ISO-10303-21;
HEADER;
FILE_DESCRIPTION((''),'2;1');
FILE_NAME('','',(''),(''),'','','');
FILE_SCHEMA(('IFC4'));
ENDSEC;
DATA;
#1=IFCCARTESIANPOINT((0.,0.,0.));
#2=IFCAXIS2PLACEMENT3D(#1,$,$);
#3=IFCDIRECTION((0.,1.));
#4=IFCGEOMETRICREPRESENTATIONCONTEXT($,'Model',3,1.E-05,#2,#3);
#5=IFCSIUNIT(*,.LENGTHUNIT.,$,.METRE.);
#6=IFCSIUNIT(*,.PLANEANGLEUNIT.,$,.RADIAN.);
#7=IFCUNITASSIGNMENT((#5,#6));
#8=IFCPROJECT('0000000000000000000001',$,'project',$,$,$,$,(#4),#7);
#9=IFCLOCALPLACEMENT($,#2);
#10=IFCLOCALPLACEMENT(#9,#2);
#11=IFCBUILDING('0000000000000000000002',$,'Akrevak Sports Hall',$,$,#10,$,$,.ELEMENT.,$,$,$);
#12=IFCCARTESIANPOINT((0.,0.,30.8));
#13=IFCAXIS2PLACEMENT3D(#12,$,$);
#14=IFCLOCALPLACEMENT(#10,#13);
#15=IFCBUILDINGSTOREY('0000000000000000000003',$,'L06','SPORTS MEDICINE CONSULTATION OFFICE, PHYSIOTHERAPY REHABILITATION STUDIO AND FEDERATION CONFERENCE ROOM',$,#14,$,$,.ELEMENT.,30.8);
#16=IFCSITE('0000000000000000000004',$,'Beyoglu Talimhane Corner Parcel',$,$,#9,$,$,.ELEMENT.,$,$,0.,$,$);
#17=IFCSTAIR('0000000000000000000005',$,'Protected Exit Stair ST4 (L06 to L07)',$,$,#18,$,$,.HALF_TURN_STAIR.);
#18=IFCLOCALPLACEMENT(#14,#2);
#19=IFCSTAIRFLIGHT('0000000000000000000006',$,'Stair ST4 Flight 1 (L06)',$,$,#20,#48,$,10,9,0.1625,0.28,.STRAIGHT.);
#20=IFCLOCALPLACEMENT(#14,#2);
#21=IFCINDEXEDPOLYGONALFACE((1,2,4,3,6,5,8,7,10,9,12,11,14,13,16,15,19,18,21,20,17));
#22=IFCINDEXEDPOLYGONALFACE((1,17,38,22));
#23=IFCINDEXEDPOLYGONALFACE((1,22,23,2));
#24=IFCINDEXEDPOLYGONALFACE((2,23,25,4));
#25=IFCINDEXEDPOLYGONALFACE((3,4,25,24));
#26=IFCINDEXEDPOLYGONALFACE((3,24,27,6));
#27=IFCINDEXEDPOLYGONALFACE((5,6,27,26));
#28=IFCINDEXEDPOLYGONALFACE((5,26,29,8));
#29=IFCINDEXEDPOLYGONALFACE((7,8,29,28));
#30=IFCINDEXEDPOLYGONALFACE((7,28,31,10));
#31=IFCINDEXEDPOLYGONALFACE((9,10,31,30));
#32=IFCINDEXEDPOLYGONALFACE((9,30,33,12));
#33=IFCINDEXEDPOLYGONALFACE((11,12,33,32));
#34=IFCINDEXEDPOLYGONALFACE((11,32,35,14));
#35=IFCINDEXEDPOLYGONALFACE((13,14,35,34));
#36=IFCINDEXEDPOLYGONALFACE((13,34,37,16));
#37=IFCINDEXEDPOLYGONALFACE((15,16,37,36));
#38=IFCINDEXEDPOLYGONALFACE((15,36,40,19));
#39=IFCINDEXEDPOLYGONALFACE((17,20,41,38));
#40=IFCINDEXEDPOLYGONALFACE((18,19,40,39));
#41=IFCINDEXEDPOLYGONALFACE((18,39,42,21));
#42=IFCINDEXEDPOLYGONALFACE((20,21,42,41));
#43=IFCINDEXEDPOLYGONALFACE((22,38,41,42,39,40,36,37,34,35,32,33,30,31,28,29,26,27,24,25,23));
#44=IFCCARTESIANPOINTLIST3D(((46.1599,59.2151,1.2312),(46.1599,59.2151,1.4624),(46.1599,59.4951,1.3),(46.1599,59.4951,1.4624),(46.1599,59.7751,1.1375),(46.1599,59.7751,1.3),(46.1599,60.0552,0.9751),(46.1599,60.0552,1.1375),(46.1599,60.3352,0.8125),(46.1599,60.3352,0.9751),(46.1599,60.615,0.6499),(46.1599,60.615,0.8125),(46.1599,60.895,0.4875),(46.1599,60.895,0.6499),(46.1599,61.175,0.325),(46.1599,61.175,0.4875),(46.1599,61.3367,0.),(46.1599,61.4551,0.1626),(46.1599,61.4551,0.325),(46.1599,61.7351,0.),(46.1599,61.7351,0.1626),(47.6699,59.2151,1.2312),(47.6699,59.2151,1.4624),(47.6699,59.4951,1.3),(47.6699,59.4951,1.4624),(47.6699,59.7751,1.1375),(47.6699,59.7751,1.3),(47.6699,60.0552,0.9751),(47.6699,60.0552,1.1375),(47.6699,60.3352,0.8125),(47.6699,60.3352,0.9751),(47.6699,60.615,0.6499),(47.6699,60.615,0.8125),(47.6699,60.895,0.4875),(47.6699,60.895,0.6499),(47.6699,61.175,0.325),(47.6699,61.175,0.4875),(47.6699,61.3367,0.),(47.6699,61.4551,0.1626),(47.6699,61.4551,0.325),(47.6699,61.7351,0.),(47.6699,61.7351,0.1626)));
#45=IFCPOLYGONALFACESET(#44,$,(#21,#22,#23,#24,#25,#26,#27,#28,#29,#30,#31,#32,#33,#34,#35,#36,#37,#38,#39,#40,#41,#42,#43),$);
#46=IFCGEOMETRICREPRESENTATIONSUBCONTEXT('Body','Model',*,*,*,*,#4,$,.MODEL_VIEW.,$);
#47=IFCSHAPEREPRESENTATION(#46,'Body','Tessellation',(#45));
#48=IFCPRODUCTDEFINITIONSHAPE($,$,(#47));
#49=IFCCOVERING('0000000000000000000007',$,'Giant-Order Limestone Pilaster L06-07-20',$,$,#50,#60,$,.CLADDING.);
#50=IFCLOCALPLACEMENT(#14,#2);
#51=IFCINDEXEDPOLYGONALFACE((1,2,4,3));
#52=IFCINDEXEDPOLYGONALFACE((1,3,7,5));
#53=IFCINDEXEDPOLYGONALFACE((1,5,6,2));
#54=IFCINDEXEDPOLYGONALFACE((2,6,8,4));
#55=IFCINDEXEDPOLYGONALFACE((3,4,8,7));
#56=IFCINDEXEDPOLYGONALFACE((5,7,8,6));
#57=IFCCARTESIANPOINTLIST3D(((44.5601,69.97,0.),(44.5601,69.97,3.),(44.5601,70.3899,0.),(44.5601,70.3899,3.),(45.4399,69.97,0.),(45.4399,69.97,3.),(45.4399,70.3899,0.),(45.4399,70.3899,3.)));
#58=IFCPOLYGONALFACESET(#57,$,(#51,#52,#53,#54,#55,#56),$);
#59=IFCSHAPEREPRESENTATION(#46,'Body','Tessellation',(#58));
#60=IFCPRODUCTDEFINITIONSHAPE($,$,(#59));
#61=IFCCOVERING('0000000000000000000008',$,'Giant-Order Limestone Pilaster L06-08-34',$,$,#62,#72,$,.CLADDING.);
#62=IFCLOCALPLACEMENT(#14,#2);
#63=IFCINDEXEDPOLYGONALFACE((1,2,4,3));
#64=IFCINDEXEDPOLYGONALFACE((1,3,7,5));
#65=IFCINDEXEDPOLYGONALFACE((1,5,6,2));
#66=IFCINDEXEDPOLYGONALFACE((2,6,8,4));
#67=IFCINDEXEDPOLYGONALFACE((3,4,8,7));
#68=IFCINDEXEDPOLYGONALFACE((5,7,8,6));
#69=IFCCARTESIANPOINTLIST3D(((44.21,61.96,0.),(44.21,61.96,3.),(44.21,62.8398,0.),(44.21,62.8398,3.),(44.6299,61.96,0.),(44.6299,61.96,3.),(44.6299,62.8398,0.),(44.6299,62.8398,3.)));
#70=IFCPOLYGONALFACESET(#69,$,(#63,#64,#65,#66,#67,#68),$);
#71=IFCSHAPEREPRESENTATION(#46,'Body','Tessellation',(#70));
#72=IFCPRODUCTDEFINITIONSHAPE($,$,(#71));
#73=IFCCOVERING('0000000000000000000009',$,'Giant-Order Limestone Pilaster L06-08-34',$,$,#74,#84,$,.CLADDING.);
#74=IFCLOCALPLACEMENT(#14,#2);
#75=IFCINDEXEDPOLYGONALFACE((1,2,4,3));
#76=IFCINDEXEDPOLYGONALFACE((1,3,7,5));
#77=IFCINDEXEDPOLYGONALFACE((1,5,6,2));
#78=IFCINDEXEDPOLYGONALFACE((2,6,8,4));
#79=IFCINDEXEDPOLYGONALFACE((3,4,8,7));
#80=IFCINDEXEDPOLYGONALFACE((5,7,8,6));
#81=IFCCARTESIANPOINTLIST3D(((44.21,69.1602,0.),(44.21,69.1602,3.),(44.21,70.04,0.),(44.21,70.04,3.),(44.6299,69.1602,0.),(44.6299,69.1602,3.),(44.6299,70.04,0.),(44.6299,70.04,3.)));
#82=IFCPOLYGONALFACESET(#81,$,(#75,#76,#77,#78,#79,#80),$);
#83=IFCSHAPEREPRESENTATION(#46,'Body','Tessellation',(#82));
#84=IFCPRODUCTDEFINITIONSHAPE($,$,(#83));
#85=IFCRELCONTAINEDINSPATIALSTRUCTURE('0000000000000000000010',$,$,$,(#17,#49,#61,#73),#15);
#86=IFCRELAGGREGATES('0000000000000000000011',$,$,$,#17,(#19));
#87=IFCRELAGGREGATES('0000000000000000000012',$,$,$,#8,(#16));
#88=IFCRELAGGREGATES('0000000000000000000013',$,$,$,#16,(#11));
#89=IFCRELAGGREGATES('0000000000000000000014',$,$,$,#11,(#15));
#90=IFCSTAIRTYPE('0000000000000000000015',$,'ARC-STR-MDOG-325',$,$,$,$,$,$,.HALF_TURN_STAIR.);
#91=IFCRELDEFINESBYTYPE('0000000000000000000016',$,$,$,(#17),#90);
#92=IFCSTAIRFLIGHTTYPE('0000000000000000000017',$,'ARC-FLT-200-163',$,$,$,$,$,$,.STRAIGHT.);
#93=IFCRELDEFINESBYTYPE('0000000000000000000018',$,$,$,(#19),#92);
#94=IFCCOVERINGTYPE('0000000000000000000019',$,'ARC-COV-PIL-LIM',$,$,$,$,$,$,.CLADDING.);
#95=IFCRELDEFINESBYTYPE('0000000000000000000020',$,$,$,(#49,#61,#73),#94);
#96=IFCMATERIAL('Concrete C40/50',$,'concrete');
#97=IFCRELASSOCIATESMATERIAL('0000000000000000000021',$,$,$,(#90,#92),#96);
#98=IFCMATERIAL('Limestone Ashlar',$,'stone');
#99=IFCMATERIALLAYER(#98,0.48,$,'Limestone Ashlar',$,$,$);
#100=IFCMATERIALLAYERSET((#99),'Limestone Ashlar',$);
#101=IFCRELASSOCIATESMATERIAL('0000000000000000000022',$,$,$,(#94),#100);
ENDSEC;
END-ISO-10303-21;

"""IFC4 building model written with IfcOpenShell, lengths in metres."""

from ifc_helpers import new_model, si_unit, direction, frame, origin, origin_2d, place, context, subcontext, project, spatial, polyline, rectangle, outline, extrude, material, layer, layer_set, type_object, element, aggregate, save


model = new_model("IFC4")

# Units and contexts
model_context = context("Model", 3, precision=1e-05, world=origin(), true_north=direction((0.0, 1.0)))
body_context = subcontext(model_context, "Body", "Model", "MODEL_VIEW")
ifc_project = project(units=[si_unit("LENGTHUNIT", "METRE"), si_unit("PLANEANGLEUNIT", "RADIAN")], contexts=[model_context])

# Site, building, storey
site_placement = place(None, origin())
site = spatial("IfcSite", under=ifc_project, at=site_placement, Name="Beyoglu Talimhane Corner Parcel", CompositionType="ELEMENT", RefElevation=0.0)
building_placement = place(site_placement, origin())
building = spatial("IfcBuilding", under=site, at=building_placement, Name="Akrevak Sports Hall", CompositionType="ELEMENT")
storey_placement = place(building_placement, frame((0.0, 0.0, 30.8)))
storey = spatial("IfcBuildingStorey", under=building, at=storey_placement, Name="L06", Description="SPORTS MEDICINE CONSULTATION OFFICE, PHYSIOTHERAPY REHABILITATION STUDIO AND FEDERATION CONFERENCE ROOM", CompositionType="ELEMENT", Elevation=30.8)

# Shared definitions
ifc_material_1 = material(Name="Concrete C40/50", Category="concrete")

# Shared definitions
ifc_material_2 = material(Name="Limestone Ashlar", Category="stone")

# Stair, stair flight
stair_type = type_object("IfcStairType", Name="ARC-STR-MDOG-325", PredefinedType="HALF_TURN_STAIR", material=ifc_material_1)
stair_placement = place(storey_placement, origin())
stair = element("IfcStair", 1, at=stair_placement, inside=storey, type_object=stair_type, Name="Protected Exit Stair ST4 (L06 to L07)", PredefinedType="HALF_TURN_STAIR")
stair_flight_type = type_object("IfcStairFlightType", Name="ARC-FLT-200-163", PredefinedType="STRAIGHT", material=ifc_material_1)
stair_flight_placement = place(storey_placement, frame((46.915, 61.7351, 0.0), z_axis=(0.0, 0.0, 1.0), x_axis=(0.0, -1.0, 0.0)))
stair_flight = element("IfcStairFlight", 2, at=stair_flight_placement, type_object=stair_flight_type, Name="Stair ST4 Flight 1 (L06)", NumberOfRisers=10, NumberOfTreads=9, PredefinedType="STRAIGHT", RiserHeight=0.1625, TreadLength=0.28, context=body_context, shape_type="SweptSolid", body=[
    extrude(outline(polyline([(0.0, 0.0), (0.0, 0.1626), (0.28, 0.1626), (0.28, 0.325), (0.5601, 0.325), (0.5601, 0.4875), (0.8401, 0.4875), (0.8401, 0.6499), (1.1201, 0.6499), (1.1201, 0.8125), (1.3999, 0.8125), (1.3999, 0.9751), (1.6799, 0.9751), (1.6799, 1.1375), (1.96, 1.1375), (1.96, 1.3), (2.24, 1.3), (2.24, 1.4624), (2.52, 1.4624), (2.52, 1.625), (2.52, 1.2312), (0.3984, 0.0), (0.0, 0.0)])), frame((0.0, 0.7549, 0.0), z_axis=(0.0, -1.0, 0.0), x_axis=(1.0, 0.0, 0.0)), (0.0, 0.0, 1.0), 1.51),
])
aggregate(stair, [stair_flight])

# Coverings
ifc_layer_1 = layer(ifc_material_2, 0.48, Name="Limestone Ashlar")
ifc_layer_set_1 = layer_set([ifc_layer_1], Name="Limestone Ashlar")
covering_type = type_object("IfcCoveringType", Name="ARC-COV-PIL-LIM", PredefinedType="CLADDING", material=ifc_layer_set_1)
for number, where, z_axis, x_axis, name in (
    (3, (45.0, 70.1799, 0.0), (0.0, 0.0, 1.0), (-1.0, 0.0, 0.0), "Giant-Order Limestone Pilaster L06-07-20"),
    (4, (44.4199, 62.3999, 0.0), (0.0, 0.0, 1.0), (0.0, -1.0, 0.0), "Giant-Order Limestone Pilaster L06-08-34"),
    (5, (44.4199, 69.6001, 0.0), (0.0, 0.0, 1.0), (0.0, -1.0, 0.0), "Giant-Order Limestone Pilaster L06-08-34"),
):
    element("IfcCovering", number, at=place(storey_placement, frame(where, z_axis=z_axis, x_axis=x_axis)), inside=storey, type_object=covering_type, Name=name, PredefinedType="CLADDING", context=body_context, shape_type="SweptSolid", body=[
        extrude(rectangle(XDim=0.8799, YDim=0.4199, at=origin_2d()), origin(), (0.0, 0.0, 1.0), 3.0),
    ])

save(model, "model.ifc")
